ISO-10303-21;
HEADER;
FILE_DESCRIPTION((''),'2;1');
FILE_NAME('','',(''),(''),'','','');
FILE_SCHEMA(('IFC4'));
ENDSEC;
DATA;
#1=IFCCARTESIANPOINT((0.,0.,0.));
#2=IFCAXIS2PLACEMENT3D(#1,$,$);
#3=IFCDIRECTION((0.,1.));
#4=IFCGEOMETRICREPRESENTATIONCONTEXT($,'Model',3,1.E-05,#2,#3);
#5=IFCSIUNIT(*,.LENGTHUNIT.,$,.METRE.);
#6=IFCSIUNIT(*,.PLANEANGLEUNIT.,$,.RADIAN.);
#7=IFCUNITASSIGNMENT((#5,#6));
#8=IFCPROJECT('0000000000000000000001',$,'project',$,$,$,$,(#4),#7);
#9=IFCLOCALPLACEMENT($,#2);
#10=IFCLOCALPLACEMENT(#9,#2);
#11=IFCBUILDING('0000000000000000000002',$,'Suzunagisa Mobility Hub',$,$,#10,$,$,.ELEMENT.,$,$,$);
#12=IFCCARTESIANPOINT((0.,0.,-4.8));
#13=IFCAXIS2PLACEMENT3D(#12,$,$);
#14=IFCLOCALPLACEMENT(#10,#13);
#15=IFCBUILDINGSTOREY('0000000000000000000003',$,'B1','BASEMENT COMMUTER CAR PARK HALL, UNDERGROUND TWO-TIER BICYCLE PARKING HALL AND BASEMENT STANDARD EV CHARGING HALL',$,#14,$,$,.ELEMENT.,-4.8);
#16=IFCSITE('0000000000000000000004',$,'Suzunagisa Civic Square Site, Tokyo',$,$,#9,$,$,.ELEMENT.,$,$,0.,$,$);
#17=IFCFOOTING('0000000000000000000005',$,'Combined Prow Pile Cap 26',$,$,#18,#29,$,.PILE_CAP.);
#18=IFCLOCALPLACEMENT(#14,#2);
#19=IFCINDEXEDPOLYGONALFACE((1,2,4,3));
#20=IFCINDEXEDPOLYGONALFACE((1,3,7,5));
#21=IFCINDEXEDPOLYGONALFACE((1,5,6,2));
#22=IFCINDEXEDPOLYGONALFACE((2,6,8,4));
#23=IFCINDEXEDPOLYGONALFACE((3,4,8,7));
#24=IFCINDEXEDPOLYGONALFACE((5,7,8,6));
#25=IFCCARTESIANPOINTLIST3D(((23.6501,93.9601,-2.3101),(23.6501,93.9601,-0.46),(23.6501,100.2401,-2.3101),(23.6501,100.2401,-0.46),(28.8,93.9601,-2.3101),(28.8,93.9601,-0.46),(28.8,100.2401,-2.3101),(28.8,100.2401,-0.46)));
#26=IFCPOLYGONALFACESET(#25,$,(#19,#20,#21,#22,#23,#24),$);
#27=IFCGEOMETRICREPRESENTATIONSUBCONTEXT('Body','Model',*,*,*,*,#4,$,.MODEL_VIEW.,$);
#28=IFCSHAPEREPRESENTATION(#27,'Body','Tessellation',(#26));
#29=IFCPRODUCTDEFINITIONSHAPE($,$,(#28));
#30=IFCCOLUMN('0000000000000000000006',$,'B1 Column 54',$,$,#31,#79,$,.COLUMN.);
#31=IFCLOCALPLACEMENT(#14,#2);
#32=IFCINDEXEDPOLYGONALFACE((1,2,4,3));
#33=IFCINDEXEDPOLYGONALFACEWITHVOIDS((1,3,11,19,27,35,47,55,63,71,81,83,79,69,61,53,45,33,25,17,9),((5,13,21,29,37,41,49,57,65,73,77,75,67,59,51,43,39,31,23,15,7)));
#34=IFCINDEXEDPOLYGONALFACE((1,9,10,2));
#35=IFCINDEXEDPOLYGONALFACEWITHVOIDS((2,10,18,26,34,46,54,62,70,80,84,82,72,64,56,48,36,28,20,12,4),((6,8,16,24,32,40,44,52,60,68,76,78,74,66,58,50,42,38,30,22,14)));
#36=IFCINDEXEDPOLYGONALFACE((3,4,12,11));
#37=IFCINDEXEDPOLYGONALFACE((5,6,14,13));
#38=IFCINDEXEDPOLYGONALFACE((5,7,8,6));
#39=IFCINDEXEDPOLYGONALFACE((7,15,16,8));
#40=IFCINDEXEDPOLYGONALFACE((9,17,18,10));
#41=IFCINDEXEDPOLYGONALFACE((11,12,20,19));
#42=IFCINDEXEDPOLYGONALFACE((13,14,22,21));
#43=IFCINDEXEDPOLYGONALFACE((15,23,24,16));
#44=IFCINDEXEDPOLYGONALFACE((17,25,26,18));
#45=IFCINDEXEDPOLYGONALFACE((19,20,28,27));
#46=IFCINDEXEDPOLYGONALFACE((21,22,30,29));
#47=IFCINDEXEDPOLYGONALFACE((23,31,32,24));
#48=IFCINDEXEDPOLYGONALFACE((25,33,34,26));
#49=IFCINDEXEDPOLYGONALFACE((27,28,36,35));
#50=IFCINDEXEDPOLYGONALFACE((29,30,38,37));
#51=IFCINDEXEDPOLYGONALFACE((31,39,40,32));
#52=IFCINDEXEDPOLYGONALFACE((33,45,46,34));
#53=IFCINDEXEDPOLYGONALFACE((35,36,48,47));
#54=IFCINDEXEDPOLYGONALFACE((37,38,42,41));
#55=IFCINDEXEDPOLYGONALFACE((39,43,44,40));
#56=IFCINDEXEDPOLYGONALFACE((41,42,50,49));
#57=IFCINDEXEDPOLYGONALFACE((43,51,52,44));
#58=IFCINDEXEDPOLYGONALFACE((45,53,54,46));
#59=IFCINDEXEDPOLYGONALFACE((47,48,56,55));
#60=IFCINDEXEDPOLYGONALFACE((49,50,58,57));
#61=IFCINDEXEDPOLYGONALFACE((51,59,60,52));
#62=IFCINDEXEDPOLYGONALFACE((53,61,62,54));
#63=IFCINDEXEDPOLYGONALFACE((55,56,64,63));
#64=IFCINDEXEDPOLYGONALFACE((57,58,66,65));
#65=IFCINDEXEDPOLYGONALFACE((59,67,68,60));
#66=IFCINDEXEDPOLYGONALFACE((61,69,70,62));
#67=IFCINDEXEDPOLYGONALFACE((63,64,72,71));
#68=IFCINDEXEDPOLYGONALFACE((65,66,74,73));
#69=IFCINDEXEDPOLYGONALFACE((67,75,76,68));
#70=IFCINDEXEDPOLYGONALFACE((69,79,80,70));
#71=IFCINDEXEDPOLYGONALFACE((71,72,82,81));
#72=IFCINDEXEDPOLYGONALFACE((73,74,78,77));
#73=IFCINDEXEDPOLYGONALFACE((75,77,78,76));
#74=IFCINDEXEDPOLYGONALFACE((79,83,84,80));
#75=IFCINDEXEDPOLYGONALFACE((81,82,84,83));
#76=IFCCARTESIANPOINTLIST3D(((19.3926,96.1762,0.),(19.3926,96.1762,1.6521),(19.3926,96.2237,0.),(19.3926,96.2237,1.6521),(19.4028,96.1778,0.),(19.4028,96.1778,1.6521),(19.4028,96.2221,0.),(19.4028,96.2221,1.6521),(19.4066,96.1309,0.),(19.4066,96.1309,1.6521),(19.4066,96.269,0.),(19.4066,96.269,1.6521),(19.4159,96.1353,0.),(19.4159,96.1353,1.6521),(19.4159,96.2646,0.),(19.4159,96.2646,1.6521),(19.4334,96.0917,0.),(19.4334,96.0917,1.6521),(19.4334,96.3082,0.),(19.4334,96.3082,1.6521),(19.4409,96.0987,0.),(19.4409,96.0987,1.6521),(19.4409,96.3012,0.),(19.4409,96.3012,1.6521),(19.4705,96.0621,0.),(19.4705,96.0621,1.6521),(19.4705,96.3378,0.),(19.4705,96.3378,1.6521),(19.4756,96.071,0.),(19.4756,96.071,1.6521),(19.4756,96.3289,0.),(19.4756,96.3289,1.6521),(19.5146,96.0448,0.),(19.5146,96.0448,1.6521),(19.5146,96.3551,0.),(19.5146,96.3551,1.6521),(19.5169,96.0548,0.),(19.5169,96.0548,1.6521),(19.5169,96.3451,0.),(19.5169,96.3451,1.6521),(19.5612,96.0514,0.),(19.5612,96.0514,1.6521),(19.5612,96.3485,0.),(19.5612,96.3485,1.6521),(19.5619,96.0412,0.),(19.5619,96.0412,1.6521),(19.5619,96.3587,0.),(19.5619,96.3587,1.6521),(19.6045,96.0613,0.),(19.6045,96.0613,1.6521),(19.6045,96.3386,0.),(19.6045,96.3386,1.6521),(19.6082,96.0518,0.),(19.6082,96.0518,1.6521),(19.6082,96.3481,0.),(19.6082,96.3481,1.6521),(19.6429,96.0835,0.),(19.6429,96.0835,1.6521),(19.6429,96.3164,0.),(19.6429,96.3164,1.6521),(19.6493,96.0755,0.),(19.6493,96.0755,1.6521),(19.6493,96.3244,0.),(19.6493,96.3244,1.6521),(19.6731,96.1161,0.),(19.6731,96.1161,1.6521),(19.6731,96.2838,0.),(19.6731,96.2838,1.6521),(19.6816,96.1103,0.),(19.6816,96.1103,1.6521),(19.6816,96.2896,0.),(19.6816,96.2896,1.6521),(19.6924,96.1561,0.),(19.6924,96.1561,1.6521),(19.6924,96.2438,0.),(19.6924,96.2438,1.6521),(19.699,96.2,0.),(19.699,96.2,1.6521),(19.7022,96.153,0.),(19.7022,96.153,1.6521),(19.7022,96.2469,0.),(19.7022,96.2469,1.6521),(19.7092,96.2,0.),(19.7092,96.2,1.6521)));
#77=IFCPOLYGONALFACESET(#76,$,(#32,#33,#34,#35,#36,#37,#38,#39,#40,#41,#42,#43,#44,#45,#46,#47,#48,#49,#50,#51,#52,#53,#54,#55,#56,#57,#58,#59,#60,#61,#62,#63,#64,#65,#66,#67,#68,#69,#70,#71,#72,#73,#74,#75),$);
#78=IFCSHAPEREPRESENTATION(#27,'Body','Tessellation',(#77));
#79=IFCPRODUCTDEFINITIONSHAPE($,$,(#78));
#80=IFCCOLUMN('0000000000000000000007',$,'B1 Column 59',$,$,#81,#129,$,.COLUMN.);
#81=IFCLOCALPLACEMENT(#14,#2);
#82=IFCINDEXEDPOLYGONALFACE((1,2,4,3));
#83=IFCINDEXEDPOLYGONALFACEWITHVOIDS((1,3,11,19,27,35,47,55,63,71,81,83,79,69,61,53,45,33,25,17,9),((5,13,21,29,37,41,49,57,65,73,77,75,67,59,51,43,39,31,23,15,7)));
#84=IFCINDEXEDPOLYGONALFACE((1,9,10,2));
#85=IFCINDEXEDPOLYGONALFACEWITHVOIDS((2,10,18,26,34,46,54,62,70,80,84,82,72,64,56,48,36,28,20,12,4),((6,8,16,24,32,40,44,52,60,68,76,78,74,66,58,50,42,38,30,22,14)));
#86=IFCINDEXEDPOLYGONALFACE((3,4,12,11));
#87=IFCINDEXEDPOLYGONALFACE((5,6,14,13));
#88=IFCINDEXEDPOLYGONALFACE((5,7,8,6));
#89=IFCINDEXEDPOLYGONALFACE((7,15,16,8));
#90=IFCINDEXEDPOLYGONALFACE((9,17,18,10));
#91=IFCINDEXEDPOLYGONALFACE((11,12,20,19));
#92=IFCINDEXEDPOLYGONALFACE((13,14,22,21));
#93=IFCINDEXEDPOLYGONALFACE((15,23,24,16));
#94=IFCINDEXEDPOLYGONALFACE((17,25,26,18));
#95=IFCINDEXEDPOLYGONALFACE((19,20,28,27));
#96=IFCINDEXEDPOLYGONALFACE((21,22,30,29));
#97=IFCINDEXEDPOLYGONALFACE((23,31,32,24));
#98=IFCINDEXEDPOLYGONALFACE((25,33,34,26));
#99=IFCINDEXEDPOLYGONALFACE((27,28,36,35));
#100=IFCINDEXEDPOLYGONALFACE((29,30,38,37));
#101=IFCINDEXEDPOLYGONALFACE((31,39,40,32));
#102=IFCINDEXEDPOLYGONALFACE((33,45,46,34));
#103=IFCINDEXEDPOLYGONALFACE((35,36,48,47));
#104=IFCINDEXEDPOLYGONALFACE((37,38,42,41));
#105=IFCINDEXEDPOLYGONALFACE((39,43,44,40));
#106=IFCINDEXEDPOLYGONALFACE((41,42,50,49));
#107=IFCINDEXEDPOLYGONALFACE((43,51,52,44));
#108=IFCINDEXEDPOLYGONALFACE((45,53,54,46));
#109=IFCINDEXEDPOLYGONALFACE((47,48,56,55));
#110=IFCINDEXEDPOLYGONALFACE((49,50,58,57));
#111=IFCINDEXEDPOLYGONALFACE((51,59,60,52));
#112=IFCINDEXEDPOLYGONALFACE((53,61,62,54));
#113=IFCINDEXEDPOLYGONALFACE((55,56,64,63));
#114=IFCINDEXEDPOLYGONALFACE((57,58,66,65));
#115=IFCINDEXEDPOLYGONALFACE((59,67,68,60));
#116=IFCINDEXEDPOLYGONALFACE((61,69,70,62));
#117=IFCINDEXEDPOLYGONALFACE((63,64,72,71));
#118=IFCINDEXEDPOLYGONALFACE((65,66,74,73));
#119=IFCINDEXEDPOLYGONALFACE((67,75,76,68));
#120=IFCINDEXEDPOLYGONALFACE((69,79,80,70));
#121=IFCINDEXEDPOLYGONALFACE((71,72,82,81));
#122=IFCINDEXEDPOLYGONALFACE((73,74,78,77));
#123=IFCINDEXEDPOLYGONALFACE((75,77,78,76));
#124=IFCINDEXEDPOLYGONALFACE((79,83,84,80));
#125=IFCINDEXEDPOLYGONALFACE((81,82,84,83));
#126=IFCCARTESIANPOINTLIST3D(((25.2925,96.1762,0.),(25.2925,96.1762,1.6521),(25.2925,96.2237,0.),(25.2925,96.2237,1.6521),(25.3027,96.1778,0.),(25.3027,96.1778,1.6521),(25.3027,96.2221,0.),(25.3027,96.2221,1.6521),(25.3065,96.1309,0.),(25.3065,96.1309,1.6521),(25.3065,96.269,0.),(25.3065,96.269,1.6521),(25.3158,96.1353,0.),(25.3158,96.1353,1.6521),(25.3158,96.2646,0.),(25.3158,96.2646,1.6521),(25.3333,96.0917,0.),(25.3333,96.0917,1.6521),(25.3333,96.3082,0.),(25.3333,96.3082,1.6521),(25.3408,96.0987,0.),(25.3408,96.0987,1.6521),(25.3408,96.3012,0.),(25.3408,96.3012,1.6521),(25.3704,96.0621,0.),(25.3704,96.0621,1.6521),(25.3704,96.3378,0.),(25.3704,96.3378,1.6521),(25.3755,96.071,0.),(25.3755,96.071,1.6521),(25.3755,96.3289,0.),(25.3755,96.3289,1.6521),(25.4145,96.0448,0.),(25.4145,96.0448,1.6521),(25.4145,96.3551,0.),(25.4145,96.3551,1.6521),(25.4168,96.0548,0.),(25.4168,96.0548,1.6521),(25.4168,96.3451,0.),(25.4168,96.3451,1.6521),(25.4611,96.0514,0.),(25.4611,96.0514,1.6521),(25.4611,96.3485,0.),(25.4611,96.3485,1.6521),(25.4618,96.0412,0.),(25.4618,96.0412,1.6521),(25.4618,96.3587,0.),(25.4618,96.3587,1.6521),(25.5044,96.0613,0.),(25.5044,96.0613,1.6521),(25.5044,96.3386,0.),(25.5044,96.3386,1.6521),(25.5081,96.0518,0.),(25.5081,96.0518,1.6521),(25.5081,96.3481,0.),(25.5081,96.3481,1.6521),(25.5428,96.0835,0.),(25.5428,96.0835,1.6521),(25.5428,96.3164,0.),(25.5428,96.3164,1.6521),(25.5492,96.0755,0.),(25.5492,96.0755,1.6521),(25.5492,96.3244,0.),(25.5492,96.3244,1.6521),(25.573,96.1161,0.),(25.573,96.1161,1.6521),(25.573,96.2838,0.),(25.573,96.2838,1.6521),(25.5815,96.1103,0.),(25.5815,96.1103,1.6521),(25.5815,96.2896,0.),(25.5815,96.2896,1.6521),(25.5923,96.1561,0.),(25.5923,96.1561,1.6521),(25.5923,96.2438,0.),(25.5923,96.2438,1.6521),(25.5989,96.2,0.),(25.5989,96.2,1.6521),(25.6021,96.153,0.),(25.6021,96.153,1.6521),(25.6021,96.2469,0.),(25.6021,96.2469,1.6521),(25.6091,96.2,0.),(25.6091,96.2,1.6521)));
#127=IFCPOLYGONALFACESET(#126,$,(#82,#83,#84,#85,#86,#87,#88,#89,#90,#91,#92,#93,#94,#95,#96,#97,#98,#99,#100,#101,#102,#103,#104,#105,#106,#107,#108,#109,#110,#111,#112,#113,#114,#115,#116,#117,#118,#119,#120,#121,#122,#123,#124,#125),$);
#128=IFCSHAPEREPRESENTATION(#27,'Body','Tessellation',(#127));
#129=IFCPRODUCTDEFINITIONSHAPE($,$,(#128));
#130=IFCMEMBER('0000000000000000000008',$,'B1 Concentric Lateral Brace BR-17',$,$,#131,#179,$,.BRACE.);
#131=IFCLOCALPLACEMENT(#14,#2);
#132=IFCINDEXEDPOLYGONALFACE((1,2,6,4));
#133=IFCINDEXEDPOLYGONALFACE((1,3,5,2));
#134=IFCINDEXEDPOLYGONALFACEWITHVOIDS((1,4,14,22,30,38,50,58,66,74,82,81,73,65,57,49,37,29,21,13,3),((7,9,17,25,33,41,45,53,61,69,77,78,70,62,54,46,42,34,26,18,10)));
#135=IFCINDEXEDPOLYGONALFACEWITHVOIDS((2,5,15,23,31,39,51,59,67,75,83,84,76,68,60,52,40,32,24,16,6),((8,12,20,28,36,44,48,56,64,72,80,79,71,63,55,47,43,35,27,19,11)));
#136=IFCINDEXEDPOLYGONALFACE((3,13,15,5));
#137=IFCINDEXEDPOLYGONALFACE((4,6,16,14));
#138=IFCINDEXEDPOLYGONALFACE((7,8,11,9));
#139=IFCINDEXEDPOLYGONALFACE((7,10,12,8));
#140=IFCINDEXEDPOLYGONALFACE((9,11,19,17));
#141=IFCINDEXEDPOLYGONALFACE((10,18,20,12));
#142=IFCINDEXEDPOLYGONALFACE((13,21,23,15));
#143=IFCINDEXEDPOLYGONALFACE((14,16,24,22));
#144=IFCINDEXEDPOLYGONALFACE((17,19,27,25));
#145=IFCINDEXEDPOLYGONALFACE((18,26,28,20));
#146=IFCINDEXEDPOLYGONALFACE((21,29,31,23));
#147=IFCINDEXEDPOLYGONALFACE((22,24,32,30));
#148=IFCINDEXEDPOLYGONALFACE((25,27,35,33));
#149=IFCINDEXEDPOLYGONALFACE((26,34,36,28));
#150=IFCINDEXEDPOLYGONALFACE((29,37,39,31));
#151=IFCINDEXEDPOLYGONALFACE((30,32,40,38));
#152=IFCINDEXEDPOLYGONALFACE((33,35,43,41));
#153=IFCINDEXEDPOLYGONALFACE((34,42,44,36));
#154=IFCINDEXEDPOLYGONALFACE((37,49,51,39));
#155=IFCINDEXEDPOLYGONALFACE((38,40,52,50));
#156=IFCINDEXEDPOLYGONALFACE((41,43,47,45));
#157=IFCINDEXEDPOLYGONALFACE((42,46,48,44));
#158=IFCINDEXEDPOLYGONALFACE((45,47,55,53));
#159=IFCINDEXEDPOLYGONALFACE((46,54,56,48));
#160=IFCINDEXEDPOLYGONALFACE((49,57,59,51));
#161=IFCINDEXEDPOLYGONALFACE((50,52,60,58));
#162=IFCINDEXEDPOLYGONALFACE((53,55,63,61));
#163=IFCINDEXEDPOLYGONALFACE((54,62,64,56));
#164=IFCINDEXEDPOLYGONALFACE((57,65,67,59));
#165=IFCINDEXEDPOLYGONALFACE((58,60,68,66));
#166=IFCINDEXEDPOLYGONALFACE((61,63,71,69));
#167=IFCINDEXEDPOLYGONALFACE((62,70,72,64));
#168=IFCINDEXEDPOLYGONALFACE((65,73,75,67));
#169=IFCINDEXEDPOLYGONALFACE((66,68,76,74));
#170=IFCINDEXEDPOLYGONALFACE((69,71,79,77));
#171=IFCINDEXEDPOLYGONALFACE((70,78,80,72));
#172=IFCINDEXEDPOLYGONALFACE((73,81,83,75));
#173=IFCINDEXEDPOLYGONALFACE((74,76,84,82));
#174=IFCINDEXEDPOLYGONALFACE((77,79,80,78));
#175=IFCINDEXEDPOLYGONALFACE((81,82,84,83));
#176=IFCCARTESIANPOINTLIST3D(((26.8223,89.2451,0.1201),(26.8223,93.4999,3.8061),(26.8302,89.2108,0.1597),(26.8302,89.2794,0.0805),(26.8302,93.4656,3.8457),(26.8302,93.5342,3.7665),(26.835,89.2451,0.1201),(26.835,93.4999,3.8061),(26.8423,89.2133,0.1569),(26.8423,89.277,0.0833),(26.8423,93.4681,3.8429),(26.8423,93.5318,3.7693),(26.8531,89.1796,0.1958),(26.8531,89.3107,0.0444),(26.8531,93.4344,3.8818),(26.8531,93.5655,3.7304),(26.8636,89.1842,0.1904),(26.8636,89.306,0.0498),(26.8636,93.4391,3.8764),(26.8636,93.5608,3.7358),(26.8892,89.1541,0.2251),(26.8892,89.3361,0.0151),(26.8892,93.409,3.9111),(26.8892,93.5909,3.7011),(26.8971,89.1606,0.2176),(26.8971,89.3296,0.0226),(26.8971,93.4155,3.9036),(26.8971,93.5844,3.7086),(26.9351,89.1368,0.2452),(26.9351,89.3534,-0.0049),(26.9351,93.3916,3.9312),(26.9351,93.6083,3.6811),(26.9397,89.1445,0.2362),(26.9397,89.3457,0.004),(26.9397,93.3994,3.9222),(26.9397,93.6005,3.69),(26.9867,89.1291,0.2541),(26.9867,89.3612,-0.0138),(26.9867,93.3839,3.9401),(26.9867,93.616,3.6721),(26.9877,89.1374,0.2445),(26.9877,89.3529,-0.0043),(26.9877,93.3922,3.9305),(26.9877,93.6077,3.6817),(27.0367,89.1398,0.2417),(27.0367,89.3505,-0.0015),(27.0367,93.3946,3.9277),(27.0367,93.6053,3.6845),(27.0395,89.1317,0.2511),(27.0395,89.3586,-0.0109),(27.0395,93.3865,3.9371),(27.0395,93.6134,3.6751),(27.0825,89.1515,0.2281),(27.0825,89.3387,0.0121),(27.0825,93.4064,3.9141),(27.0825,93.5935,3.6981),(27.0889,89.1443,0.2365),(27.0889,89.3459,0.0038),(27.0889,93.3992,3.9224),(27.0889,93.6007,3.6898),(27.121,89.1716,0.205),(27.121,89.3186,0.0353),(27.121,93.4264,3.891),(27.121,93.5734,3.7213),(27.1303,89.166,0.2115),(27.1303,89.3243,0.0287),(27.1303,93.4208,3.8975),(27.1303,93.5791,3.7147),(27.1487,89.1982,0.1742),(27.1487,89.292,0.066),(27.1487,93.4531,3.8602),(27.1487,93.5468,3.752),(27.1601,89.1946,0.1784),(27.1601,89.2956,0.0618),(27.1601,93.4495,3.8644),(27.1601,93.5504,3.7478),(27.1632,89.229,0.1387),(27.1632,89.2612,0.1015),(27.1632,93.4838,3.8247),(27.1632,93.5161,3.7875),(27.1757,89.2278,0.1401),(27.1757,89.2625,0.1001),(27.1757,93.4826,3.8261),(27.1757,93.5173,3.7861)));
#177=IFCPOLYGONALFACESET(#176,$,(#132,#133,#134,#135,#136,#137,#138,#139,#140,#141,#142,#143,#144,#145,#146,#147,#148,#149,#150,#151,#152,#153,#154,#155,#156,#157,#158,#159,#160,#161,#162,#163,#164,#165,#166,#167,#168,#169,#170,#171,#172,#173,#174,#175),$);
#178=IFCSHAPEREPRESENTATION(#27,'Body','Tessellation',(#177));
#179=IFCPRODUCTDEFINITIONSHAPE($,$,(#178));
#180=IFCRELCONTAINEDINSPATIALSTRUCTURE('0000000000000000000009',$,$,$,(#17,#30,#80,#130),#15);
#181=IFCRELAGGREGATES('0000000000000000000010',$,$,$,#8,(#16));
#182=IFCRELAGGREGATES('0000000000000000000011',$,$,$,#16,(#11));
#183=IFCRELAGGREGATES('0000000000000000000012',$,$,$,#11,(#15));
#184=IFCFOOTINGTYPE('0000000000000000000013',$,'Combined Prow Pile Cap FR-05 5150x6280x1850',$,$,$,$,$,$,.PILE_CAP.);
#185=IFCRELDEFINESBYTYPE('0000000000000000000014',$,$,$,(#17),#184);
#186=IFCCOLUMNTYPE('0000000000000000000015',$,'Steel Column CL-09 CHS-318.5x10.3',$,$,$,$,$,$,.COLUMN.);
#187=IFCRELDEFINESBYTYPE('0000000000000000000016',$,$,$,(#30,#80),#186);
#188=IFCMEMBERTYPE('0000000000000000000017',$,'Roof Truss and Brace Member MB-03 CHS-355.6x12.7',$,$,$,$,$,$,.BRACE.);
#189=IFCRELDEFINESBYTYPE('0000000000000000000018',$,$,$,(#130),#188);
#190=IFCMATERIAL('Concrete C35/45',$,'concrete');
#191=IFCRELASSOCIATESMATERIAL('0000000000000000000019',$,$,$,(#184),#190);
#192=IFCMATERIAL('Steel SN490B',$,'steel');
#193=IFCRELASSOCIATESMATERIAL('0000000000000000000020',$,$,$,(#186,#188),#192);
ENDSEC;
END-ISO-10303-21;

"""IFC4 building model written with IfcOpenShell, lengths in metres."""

from ifc_helpers import new_model, si_unit, direction, frame, origin, origin_2d, place, context, subcontext, project, spatial, rectangle, hollow_circle, extrude, material, material_profile, profile_set, type_object, element, save


model = new_model("IFC4")

# Units and contexts
model_context = context("Model", 3, precision=1e-05, world=origin(), true_north=direction((0.0, 1.0)))
body_context = subcontext(model_context, "Body", "Model", "MODEL_VIEW")
ifc_project = project(units=[si_unit("LENGTHUNIT", "METRE"), si_unit("PLANEANGLEUNIT", "RADIAN")], contexts=[model_context])

# Site, building, storey
site_placement = place(None, origin())
site = spatial("IfcSite", under=ifc_project, at=site_placement, Name="Suzunagisa Civic Square Site, Tokyo", CompositionType="ELEMENT", RefElevation=0.0)
building_placement = place(site_placement, origin())
building = spatial("IfcBuilding", under=site, at=building_placement, Name="Suzunagisa Mobility Hub", CompositionType="ELEMENT")
storey_placement = place(building_placement, frame((0.0, 0.0, -4.8)))
storey = spatial("IfcBuildingStorey", under=building, at=storey_placement, Name="B1", Description="BASEMENT COMMUTER CAR PARK HALL, UNDERGROUND TWO-TIER BICYCLE PARKING HALL AND BASEMENT STANDARD EV CHARGING HALL", CompositionType="ELEMENT", Elevation=-4.8)

# Footing
ifc_material_1 = material(Name="Concrete C35/45", Category="concrete")
footing_type = type_object("IfcFootingType", Name="Combined Prow Pile Cap FR-05 5150x6280x1850", PredefinedType="PILE_CAP", material=ifc_material_1)
footing_placement = place(storey_placement, frame((26.2251, 97.1001, -2.3101), z_axis=(0.0, 0.0, 1.0), x_axis=(1.0, 0.0, 0.0)))
element("IfcFooting", 1, at=footing_placement, inside=storey, type_object=footing_type, Name="Combined Prow Pile Cap 26", PredefinedType="PILE_CAP", context=body_context, shape_type="SweptSolid", body=[
    extrude(rectangle(XDim=5.1499, YDim=6.28, at=origin_2d()), origin(), (0.0, 0.0, 1.0), 1.8501),
])

# Columns
ifc_material_2 = material(Name="Steel SN490B", Category="steel")
ifc_material_profile_1 = material_profile(ifc_material_2, hollow_circle(Radius=0.1592, WallThickness=0.0103, at=origin_2d()), Name="CHS-318.5x10.3")
ifc_profile_set_1 = profile_set([ifc_material_profile_1], Name="Steel SN490B")
column_type = type_object("IfcColumnType", Name="Steel Column CL-09 CHS-318.5x10.3", PredefinedType="COLUMN", material=ifc_profile_set_1)
for number, where, z_axis, x_axis, name in (
    (2, (19.55, 96.2, 0.0), (0.0, 0.0, 1.0), (1.0, 0.0, 0.0), "B1 Column 54"),
    (3, (25.45, 96.2, 0.0), (0.0, 0.0, 1.0), (1.0, 0.0, 0.0), "B1 Column 59"),
):
    element("IfcColumn", number, at=place(storey_placement, frame(where, z_axis=z_axis, x_axis=x_axis)), inside=storey, type_object=column_type, Name=name, PredefinedType="COLUMN", context=body_context, shape_type="SweptSolid", body=[
        extrude(hollow_circle(Radius=0.1592, WallThickness=0.0103, at=origin_2d()), origin(), (0.0, 0.0, 1.0), 1.6521),
    ])

# Member
ifc_material_profile_2 = material_profile(ifc_material_2, hollow_circle(Radius=0.1777, WallThickness=0.0127, at=origin_2d()), Name="CHS-355.6x12.7")
ifc_profile_set_2 = profile_set([ifc_material_profile_2], Name="Steel SN490B")
member_type = type_object("IfcMemberType", Name="Roof Truss and Brace Member MB-03 CHS-355.6x12.7", PredefinedType="BRACE", material=ifc_profile_set_2)
for number, where, z_axis, x_axis, name in (
    (4, (27.0, 89.2451, 0.1201), (0.0, 0.755824, 0.654775), (-1.0, 0.0, 0.0), "B1 Concentric Lateral Brace BR-17"),
):
    element("IfcMember", number, at=place(storey_placement, frame(where, z_axis=z_axis, x_axis=x_axis)), inside=storey, type_object=member_type, Name=name, PredefinedType="BRACE", context=body_context, shape_type="SweptSolid", body=[
        extrude(hollow_circle(Radius=0.1777, WallThickness=0.0127, at=origin_2d()), origin(), (0.0, 0.0, 1.0), 5.6294),
    ])

save(model, "model.ifc")
